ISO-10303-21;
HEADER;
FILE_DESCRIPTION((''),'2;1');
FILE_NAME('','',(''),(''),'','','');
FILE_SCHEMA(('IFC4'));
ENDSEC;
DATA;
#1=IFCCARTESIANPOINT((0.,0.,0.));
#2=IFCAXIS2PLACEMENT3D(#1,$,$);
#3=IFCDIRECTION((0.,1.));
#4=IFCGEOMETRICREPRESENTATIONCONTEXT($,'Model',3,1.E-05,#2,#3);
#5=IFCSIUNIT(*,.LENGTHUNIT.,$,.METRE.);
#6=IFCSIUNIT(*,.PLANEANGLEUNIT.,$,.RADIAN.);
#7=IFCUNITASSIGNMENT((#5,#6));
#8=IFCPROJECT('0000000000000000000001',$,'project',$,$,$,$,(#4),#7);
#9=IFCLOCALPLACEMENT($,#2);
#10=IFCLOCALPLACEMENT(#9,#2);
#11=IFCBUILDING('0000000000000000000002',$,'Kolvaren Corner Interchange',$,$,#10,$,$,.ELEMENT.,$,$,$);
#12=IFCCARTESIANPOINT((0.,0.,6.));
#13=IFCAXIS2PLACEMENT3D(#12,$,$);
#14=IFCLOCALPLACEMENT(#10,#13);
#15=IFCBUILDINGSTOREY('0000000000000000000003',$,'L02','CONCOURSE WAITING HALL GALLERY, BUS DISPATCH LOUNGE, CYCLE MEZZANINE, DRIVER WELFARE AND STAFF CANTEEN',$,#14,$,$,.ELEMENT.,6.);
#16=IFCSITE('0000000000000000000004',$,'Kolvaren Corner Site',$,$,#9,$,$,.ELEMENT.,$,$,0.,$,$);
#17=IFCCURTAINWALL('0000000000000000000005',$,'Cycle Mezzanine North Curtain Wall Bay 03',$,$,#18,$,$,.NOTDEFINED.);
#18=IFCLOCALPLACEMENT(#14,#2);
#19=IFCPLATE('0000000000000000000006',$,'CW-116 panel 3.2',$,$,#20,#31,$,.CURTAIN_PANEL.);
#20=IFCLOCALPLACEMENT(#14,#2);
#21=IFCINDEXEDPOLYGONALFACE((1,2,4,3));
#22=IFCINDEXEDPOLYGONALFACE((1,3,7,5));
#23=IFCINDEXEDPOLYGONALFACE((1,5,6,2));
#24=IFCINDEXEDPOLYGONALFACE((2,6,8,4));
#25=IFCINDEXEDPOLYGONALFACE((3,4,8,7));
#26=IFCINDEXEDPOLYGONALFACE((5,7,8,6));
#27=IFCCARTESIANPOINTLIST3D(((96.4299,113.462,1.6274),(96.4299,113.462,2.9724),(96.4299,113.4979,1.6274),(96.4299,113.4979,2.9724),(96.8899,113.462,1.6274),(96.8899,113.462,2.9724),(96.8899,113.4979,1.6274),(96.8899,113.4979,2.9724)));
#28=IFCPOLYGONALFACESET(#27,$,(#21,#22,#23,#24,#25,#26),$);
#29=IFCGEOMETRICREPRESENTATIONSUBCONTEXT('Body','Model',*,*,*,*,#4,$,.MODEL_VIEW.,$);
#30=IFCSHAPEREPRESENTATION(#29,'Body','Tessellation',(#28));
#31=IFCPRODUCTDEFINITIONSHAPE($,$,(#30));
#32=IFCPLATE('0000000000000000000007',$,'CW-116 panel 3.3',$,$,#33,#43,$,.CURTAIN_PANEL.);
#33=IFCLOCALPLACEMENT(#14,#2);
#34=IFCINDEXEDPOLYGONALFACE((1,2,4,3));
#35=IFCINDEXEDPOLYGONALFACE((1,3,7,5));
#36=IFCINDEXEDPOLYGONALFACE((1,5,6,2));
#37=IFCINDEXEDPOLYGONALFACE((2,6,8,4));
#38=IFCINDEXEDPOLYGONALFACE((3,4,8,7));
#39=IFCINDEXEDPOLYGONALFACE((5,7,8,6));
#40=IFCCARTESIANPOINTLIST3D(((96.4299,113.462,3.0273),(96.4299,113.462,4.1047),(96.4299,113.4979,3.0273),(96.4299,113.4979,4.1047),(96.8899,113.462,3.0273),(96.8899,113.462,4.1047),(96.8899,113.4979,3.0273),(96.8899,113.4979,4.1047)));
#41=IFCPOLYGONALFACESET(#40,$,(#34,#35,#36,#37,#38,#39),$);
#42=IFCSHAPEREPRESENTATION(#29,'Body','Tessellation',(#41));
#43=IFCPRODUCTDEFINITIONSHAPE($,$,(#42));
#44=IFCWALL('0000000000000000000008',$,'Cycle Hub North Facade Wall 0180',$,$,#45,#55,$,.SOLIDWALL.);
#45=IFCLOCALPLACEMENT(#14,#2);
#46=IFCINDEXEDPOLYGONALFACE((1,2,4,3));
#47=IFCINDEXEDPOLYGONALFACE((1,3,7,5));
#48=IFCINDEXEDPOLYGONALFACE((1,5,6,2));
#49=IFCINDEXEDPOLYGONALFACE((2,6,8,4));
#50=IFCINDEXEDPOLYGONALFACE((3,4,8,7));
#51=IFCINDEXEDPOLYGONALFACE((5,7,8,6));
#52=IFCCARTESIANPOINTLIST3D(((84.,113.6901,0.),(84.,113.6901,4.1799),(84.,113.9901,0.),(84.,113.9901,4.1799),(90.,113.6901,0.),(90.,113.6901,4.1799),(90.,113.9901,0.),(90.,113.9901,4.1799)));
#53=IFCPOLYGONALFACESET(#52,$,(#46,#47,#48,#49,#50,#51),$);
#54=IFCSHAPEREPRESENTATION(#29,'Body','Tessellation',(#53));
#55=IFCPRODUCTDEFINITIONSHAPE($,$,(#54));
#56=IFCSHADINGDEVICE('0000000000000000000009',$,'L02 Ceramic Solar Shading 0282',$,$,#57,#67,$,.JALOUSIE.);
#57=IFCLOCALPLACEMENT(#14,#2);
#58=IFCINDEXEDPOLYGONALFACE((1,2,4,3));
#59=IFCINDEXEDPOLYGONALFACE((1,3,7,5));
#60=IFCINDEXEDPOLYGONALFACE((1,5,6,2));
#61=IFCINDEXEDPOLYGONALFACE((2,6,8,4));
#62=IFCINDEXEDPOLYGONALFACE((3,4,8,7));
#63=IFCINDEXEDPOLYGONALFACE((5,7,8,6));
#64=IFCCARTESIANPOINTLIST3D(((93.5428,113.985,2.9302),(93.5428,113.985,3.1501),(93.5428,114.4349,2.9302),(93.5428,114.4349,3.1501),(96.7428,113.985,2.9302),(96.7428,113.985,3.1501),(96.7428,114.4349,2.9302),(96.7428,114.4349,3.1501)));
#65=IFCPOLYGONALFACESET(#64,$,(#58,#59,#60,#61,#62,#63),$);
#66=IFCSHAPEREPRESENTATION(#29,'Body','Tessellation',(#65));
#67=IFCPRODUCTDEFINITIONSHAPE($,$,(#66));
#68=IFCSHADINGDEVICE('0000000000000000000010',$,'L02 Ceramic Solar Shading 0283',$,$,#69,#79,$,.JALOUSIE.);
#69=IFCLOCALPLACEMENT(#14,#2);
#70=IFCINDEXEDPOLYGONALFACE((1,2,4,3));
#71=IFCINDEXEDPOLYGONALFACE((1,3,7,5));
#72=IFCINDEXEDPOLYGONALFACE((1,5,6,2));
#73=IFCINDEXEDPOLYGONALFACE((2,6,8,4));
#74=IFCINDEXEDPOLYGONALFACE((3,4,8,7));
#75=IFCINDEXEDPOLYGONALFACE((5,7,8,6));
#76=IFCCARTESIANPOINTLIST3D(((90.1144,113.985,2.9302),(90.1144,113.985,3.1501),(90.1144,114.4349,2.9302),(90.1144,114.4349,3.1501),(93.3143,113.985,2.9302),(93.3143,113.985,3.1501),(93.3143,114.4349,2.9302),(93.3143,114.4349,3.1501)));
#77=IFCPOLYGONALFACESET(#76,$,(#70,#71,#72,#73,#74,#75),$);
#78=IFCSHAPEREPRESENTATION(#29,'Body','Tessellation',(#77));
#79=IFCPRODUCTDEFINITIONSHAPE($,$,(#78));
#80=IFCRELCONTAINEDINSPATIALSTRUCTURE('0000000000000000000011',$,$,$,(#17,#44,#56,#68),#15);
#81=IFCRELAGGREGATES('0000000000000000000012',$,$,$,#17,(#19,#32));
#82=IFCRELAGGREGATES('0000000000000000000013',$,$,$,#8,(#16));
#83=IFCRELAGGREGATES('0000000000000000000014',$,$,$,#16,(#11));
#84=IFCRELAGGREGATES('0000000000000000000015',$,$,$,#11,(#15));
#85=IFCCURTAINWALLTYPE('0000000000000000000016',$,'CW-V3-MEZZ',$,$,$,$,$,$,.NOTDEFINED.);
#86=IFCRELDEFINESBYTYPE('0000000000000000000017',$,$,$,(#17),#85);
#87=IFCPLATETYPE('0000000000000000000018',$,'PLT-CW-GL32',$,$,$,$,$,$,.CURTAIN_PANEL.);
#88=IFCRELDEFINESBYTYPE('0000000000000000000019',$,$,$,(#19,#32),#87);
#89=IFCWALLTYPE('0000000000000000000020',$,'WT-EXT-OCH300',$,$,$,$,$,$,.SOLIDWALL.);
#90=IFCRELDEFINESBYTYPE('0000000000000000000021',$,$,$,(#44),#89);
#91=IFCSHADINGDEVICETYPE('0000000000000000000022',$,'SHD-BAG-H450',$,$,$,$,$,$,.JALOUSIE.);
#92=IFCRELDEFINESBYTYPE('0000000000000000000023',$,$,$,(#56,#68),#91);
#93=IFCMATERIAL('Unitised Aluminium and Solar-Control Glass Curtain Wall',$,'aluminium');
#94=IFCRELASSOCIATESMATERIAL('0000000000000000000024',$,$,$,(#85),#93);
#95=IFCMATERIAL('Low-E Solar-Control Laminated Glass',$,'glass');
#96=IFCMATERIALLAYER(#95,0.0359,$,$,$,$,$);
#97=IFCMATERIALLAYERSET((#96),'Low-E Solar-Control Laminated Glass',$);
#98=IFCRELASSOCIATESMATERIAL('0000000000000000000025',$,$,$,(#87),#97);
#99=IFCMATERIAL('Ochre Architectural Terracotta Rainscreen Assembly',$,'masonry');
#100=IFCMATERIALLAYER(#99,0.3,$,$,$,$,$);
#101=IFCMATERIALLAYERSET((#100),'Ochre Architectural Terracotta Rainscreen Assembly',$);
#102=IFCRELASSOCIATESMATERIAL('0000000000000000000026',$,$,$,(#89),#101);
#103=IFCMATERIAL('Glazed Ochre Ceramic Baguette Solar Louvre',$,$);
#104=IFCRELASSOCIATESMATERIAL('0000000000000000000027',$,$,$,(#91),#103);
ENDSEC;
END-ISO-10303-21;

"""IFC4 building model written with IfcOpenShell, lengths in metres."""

from ifc_helpers import new_model, si_unit, direction, frame, frame_2d, origin, origin_2d, place, context, subcontext, project, spatial, rectangle, extrude, material, layer, layer_set, type_object, element, aggregate, save


model = new_model("IFC4")

# Units and contexts
model_context = context("Model", 3, precision=1e-05, world=origin(), true_north=direction((0.0, 1.0)))
body_context = subcontext(model_context, "Body", "Model", "MODEL_VIEW")
ifc_project = project(units=[si_unit("LENGTHUNIT", "METRE"), si_unit("PLANEANGLEUNIT", "RADIAN")], contexts=[model_context])

# Site, building, storey
site_placement = place(None, origin())
site = spatial("IfcSite", under=ifc_project, at=site_placement, Name="Kolvaren Corner Site", CompositionType="ELEMENT", RefElevation=0.0)
building_placement = place(site_placement, origin())
building = spatial("IfcBuilding", under=site, at=building_placement, Name="Kolvaren Corner Interchange", CompositionType="ELEMENT")
storey_placement = place(building_placement, frame((0.0, 0.0, 6.0)))
storey = spatial("IfcBuildingStorey", under=building, at=storey_placement, Name="L02", Description="CONCOURSE WAITING HALL GALLERY, BUS DISPATCH LOUNGE, CYCLE MEZZANINE, DRIVER WELFARE AND STAFF CANTEEN", CompositionType="ELEMENT", Elevation=6.0)

# Curtain wall
ifc_material_1 = material(Name="Unitised Aluminium and Solar-Control Glass Curtain Wall", Category="aluminium")
curtain_wall_type = type_object("IfcCurtainWallType", Name="CW-V3-MEZZ", PredefinedType="NOTDEFINED", material=ifc_material_1)
curtain_wall_1_placement = place(storey_placement, origin())
curtain_wall_1 = element("IfcCurtainWall", 1, at=curtain_wall_1_placement, inside=storey, type_object=curtain_wall_type, Name="Cycle Mezzanine North Curtain Wall Bay 03", PredefinedType="NOTDEFINED")

# Plates
ifc_material_2 = material(Name="Low-E Solar-Control Laminated Glass", Category="glass")
ifc_layer_1 = layer(ifc_material_2, 0.0359)
ifc_layer_set_1 = layer_set([ifc_layer_1], Name="Low-E Solar-Control Laminated Glass")
plate_type_1 = type_object("IfcPlateType", Name="PLT-CW-GL32", PredefinedType="CURTAIN_PANEL", material=ifc_layer_set_1)
plate_1_placement = place(storey_placement, frame((96.6599, 113.48, 1.6274), z_axis=(0.0, 0.0, 1.0), x_axis=(1.0, 0.0, 0.0)))
plate_1 = element("IfcPlate", 2, at=plate_1_placement, type_object=plate_type_1, Name="CW-116 panel 3.2", PredefinedType="CURTAIN_PANEL", context=body_context, shape_type="SweptSolid", body=[
    extrude(rectangle(XDim=0.46, YDim=0.0359, at=origin_2d()), origin(), (0.0, 0.0, 1.0), 1.345),
])
plate_2_placement = place(storey_placement, frame((96.6599, 113.48, 3.0273), z_axis=(0.0, 0.0, 1.0), x_axis=(1.0, 0.0, 0.0)))
plate_2 = element("IfcPlate", 3, at=plate_2_placement, type_object=plate_type_1, Name="CW-116 panel 3.3", PredefinedType="CURTAIN_PANEL", context=body_context, shape_type="SweptSolid", body=[
    extrude(rectangle(XDim=0.46, YDim=0.0359, at=origin_2d()), origin(), (0.0, 0.0, 1.0), 1.0774),
])
aggregate(curtain_wall_1, [plate_1, plate_2])

# Wall
ifc_material_3 = material(Name="Ochre Architectural Terracotta Rainscreen Assembly", Category="masonry")
ifc_layer_2 = layer(ifc_material_3, 0.3)
ifc_layer_set_2 = layer_set([ifc_layer_2], Name="Ochre Architectural Terracotta Rainscreen Assembly")
wall_type = type_object("IfcWallType", Name="WT-EXT-OCH300", PredefinedType="SOLIDWALL", material=ifc_layer_set_2)
wall_placement = place(storey_placement, frame((90.0, 113.8401, 0.0), z_axis=(0.0, 0.0, 1.0), x_axis=(-1.0, 0.0, 0.0)))
element("IfcWall", 4, at=wall_placement, inside=storey, type_object=wall_type, Name="Cycle Hub North Facade Wall 0180", PredefinedType="SOLIDWALL", context=body_context, shape_type="SweptSolid", body=[
    extrude(rectangle(XDim=6.0, YDim=0.3, at=frame_2d((3.0, 0.0))), origin(), (0.0, 0.0, 1.0), 4.1799),
])

# Shading devices
ifc_material_4 = material(Name="Glazed Ochre Ceramic Baguette Solar Louvre")
shading_device_type = type_object("IfcShadingDeviceType", Name="SHD-BAG-H450", PredefinedType="JALOUSIE", material=ifc_material_4)
for number, where, z_axis, x_axis, name in (
    (5, (95.1428, 114.21, 2.9302), (0.0, 0.0, 1.0), (-1.0, 0.0, 0.0), "L02 Ceramic Solar Shading 0282"),
    (6, (91.7144, 114.21, 2.9302), (0.0, 0.0, 1.0), (-1.0, 0.0, 0.0), "L02 Ceramic Solar Shading 0283"),
):
    element("IfcShadingDevice", number, at=place(storey_placement, frame(where, z_axis=z_axis, x_axis=x_axis)), inside=storey, type_object=shading_device_type, Name=name, PredefinedType="JALOUSIE", context=body_context, shape_type="SweptSolid", body=[
        extrude(rectangle(XDim=3.2, YDim=0.45, at=origin_2d()), origin(), (0.0, 0.0, 1.0), 0.22),
    ])

save(model, "model.ifc")
